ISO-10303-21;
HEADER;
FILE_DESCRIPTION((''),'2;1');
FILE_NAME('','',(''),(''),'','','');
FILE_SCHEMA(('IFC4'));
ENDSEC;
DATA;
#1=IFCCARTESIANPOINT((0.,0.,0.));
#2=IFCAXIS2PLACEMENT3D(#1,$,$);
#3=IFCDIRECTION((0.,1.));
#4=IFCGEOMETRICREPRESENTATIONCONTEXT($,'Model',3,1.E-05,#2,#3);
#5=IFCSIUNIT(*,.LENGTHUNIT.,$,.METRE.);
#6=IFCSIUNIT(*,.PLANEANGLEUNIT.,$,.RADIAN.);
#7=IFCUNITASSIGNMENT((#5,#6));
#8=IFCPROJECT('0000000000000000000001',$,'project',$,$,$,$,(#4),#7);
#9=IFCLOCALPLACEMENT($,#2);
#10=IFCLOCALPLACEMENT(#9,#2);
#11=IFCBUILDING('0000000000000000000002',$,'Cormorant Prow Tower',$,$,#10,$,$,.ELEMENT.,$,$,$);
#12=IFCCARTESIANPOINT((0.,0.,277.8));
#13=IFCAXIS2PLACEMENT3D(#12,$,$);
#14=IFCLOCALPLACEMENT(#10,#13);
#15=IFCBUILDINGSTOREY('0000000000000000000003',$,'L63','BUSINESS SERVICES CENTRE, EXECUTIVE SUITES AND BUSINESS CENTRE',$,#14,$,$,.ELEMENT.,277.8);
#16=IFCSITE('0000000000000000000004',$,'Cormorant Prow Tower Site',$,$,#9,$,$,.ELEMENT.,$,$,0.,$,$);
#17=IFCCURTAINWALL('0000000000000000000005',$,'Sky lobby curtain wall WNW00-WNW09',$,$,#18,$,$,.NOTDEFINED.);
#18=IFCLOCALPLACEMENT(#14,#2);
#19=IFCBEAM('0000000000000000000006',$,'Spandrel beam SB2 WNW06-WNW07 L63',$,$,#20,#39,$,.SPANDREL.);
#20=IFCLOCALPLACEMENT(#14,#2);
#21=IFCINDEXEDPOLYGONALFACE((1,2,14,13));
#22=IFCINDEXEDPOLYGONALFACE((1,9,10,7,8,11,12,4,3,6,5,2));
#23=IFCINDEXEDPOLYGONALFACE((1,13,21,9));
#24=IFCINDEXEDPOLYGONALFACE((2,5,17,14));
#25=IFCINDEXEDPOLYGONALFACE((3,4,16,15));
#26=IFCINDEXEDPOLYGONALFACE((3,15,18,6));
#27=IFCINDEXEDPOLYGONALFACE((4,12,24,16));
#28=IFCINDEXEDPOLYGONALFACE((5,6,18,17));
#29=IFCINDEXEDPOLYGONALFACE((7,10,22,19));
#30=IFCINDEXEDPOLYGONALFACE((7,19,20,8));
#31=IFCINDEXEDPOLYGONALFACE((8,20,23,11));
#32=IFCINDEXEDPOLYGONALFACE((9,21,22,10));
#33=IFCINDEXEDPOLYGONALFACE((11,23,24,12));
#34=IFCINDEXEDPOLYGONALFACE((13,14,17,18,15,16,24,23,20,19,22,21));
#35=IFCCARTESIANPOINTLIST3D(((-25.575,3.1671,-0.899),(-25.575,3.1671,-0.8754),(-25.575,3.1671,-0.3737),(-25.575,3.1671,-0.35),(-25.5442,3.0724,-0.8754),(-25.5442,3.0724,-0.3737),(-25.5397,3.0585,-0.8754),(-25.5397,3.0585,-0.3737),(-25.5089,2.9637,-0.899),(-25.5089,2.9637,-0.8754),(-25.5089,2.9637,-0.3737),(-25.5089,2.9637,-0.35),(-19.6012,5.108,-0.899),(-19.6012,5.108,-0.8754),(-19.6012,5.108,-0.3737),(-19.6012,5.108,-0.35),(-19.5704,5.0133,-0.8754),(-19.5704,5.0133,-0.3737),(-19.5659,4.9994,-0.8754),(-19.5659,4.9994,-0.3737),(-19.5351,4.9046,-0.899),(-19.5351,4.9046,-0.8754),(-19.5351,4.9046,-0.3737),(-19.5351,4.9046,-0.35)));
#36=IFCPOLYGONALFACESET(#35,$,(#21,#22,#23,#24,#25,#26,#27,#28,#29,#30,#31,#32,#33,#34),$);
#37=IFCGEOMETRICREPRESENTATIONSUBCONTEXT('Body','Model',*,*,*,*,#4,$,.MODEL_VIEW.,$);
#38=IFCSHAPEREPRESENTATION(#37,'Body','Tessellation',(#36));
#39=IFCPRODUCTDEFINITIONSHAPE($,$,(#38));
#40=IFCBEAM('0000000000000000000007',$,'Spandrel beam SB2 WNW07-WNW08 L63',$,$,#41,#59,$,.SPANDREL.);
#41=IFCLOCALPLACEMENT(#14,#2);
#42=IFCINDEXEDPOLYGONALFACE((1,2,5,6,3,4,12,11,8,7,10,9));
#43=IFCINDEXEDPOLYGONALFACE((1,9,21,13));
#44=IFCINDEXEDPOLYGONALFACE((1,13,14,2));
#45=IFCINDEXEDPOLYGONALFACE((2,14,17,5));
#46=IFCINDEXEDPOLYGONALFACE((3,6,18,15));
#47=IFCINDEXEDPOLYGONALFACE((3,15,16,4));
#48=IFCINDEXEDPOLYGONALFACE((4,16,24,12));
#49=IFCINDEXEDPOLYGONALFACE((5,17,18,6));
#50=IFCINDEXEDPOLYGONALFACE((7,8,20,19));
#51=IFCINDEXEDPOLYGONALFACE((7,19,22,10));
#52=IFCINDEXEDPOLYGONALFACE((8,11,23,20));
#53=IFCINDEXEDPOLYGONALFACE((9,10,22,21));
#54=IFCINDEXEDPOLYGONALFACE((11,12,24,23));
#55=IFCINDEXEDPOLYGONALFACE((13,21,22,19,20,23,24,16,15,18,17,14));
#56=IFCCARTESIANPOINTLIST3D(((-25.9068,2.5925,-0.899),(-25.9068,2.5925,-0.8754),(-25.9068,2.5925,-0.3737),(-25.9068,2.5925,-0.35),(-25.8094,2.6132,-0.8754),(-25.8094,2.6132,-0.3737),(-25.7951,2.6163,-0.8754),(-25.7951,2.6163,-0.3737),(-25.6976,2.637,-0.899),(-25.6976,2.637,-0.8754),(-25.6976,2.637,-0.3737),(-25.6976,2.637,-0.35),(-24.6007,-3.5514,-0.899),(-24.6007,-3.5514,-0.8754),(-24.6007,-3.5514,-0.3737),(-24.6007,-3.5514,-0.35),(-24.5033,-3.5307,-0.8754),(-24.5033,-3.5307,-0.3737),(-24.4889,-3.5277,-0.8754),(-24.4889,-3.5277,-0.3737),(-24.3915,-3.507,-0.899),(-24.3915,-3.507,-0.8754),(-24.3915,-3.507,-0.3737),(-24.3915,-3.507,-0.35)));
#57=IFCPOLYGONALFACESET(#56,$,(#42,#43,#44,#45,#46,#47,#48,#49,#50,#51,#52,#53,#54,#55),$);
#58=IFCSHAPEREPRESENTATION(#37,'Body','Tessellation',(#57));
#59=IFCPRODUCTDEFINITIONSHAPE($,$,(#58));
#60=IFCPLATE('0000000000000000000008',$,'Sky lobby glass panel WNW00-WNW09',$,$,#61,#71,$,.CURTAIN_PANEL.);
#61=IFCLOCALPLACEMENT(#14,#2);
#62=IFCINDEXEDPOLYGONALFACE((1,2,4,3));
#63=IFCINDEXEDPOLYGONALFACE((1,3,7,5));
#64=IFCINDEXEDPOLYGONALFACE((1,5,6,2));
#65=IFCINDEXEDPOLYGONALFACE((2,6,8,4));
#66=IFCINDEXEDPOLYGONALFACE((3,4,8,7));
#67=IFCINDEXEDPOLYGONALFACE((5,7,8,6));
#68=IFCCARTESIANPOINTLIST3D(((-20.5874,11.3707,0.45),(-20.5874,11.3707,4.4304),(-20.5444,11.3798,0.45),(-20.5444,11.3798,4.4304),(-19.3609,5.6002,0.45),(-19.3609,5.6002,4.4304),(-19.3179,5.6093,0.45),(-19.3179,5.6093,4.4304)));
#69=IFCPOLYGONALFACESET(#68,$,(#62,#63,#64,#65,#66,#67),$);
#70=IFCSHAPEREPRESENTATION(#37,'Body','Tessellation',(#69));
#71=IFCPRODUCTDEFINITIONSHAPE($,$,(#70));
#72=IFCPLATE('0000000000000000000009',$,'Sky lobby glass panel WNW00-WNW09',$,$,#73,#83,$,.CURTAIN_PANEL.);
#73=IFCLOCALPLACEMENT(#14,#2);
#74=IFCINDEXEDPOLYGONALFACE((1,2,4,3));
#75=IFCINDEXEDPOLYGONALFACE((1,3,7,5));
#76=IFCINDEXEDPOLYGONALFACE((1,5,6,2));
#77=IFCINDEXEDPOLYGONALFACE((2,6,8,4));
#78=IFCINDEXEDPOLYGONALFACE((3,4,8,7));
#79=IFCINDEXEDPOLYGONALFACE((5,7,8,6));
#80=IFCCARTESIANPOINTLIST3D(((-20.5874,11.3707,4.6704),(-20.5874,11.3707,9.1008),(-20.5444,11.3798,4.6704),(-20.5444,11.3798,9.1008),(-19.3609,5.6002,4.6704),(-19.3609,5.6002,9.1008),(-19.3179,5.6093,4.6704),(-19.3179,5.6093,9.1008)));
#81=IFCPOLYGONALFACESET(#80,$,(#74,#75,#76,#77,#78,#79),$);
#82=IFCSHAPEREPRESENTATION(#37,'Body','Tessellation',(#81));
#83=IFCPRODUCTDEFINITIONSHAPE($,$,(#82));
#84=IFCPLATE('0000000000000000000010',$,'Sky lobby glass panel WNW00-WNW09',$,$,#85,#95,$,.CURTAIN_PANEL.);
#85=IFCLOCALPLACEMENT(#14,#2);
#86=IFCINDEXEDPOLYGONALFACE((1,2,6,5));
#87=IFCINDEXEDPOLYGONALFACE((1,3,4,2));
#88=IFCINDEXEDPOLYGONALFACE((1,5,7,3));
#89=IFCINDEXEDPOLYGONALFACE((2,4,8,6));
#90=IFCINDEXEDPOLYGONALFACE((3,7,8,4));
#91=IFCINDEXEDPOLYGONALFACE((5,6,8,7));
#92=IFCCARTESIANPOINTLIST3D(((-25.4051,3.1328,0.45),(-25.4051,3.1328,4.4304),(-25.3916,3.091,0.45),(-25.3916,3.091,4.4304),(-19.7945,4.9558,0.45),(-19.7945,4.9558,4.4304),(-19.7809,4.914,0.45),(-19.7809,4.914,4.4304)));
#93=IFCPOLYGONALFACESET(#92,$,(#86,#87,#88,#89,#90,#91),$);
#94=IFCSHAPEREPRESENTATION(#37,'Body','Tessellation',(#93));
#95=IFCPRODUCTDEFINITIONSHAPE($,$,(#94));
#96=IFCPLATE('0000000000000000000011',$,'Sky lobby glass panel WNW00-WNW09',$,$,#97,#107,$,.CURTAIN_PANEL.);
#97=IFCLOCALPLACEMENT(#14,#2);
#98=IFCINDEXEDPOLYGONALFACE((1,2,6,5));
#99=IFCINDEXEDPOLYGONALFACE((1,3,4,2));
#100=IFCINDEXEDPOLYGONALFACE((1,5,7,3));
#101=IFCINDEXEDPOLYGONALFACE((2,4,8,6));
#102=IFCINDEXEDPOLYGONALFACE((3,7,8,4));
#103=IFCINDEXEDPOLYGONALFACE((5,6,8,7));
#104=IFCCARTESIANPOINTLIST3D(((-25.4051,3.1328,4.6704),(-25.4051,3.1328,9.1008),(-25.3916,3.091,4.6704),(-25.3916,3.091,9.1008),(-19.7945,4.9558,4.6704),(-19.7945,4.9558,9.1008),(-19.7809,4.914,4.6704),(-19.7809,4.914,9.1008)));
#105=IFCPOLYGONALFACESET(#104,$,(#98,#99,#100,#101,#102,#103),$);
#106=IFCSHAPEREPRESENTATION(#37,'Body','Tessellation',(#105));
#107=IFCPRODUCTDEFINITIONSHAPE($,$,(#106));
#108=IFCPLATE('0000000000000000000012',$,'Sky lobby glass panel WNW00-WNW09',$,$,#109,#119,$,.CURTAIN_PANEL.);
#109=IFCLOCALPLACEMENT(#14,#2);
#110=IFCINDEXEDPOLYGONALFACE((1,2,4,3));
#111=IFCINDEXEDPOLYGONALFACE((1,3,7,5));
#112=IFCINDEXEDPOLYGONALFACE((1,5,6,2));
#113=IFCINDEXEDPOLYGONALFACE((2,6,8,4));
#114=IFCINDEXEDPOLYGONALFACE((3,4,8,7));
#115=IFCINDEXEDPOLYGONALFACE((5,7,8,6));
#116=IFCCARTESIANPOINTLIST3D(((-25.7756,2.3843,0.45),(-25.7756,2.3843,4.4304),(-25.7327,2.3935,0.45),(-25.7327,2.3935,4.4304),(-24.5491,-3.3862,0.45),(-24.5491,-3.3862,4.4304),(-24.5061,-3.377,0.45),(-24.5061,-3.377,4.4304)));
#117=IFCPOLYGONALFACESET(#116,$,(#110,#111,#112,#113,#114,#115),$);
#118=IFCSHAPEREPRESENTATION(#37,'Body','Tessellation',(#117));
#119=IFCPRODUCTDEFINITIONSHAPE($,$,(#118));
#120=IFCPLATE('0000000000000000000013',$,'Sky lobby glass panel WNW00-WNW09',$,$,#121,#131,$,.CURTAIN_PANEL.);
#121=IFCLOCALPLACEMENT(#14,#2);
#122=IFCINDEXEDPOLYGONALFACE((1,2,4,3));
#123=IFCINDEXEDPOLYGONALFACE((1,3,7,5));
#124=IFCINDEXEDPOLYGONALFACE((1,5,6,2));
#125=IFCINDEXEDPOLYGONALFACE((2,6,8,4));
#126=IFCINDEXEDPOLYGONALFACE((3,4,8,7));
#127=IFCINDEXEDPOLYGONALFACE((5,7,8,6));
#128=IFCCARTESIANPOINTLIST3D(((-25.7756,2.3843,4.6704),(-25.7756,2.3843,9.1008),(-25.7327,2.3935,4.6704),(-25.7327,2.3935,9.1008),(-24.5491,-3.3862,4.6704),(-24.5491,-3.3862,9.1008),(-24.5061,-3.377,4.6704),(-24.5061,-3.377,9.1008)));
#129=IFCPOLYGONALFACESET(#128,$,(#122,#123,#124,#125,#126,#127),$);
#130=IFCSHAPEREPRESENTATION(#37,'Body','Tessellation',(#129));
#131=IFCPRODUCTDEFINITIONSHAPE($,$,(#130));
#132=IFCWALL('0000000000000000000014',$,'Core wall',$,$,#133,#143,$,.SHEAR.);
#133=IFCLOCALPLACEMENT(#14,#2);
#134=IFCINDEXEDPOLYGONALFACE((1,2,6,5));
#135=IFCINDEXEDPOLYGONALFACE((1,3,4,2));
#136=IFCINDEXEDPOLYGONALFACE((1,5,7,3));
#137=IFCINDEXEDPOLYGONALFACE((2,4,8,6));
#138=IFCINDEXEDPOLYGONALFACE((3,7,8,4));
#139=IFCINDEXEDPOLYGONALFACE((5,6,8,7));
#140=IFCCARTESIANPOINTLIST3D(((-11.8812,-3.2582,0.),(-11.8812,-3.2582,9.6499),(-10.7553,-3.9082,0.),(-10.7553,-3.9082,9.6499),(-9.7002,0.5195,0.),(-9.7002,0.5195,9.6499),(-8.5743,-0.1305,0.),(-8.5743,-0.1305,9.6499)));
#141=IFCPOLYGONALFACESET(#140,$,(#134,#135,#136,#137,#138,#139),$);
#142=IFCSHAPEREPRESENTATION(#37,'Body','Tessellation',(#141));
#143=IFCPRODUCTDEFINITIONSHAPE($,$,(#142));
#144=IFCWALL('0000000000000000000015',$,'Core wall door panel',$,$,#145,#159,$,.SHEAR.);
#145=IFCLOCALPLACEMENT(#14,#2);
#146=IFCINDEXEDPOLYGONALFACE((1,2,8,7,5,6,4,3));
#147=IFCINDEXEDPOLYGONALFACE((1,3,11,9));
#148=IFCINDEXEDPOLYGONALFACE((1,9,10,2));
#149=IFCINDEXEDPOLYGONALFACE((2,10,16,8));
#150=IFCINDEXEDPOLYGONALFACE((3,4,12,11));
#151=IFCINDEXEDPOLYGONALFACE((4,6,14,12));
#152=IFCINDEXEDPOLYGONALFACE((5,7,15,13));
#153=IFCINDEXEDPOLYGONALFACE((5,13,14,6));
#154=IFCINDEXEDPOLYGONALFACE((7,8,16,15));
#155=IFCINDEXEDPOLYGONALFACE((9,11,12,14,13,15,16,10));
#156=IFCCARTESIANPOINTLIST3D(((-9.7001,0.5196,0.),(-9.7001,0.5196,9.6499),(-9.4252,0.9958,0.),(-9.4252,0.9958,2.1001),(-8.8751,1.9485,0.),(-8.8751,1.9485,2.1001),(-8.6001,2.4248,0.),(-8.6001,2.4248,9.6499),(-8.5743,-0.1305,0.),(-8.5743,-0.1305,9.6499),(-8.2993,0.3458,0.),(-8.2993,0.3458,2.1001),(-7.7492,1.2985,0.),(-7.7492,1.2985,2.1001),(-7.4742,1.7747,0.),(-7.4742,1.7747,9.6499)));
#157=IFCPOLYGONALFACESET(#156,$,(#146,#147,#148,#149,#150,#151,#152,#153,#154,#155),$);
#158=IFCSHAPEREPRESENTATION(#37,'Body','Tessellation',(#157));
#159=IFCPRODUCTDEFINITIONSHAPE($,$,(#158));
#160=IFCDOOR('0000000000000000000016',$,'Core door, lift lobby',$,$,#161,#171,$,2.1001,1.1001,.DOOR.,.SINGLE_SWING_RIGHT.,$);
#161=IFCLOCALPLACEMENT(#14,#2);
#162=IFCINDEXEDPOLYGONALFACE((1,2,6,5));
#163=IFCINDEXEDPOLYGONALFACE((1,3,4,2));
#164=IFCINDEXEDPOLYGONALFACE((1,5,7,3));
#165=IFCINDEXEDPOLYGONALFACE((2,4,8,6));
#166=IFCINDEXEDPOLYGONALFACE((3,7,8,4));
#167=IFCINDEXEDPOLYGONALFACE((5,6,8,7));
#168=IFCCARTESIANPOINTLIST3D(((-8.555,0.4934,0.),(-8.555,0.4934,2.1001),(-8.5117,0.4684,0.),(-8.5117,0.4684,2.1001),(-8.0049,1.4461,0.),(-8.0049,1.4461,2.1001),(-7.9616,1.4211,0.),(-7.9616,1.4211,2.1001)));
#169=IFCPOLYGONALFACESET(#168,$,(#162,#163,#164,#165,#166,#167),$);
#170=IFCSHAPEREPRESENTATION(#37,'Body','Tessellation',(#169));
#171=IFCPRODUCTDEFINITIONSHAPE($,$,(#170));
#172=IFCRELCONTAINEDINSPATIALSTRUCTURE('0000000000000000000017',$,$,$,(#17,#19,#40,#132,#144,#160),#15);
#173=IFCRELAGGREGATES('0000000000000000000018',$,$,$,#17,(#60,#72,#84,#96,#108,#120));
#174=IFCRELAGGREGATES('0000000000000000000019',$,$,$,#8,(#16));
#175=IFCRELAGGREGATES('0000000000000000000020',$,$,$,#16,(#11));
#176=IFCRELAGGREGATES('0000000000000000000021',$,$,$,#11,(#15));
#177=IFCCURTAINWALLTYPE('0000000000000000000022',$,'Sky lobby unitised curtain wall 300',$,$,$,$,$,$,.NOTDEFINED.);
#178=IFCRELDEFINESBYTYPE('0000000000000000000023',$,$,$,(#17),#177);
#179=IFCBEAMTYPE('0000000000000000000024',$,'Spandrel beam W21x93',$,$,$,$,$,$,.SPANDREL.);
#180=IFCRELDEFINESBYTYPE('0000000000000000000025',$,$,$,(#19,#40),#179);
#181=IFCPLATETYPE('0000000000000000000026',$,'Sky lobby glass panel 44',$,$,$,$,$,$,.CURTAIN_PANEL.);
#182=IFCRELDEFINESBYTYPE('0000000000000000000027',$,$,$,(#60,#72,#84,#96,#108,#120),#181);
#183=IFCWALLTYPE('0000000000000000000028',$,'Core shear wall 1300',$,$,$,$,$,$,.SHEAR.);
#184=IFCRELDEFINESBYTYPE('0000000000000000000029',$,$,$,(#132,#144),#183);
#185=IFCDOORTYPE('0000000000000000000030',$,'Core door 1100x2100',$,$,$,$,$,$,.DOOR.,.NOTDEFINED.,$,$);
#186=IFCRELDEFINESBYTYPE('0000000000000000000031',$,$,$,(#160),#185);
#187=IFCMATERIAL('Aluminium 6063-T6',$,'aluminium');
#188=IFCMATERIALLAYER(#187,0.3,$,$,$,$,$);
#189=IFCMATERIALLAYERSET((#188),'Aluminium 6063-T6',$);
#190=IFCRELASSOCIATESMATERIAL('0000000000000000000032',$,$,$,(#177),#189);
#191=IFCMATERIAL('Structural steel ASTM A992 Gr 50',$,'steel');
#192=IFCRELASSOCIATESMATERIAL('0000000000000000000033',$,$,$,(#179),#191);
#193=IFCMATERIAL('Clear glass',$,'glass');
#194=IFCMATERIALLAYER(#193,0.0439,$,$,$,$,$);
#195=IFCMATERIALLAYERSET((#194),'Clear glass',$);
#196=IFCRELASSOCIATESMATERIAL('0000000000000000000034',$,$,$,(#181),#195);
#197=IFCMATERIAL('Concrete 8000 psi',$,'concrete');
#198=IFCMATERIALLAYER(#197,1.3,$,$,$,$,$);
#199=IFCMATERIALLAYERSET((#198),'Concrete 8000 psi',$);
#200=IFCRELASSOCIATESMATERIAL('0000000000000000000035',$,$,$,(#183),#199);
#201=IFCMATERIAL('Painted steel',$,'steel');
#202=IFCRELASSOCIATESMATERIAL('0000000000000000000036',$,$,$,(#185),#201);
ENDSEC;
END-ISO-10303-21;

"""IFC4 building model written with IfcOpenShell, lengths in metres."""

from ifc_helpers import new_model, si_unit, direction, frame, frame_2d, origin, origin_2d, place, context, subcontext, project, spatial, rectangle, i_section, extrude, material, layer, layer_set, material_profile, profile_set, type_object, element, fill, aggregate, save


model = new_model("IFC4")

# Units and contexts
model_context = context("Model", 3, precision=1e-05, world=origin(), true_north=direction((0.0, 1.0)))
body_context = subcontext(model_context, "Body", "Model", "MODEL_VIEW")
ifc_project = project(units=[si_unit("LENGTHUNIT", "METRE"), si_unit("PLANEANGLEUNIT", "RADIAN")], contexts=[model_context])

# Site, building, storey
site_placement = place(None, origin())
site = spatial("IfcSite", under=ifc_project, at=site_placement, Name="Cormorant Prow Tower Site", CompositionType="ELEMENT", RefElevation=0.0)
building_placement = place(site_placement, origin())
building = spatial("IfcBuilding", under=site, at=building_placement, Name="Cormorant Prow Tower", CompositionType="ELEMENT")
storey_placement = place(building_placement, frame((0.0, 0.0, 277.8)))
storey = spatial("IfcBuildingStorey", under=building, at=storey_placement, Name="L63", Description="BUSINESS SERVICES CENTRE, EXECUTIVE SUITES AND BUSINESS CENTRE", CompositionType="ELEMENT", Elevation=277.8)

# Curtain wall
ifc_material_1 = material(Name="Aluminium 6063-T6", Category="aluminium")
ifc_layer_1 = layer(ifc_material_1, 0.3)
ifc_layer_set_1 = layer_set([ifc_layer_1], Name="Aluminium 6063-T6")
curtain_wall_type = type_object("IfcCurtainWallType", Name="Sky lobby unitised curtain wall 300", PredefinedType="NOTDEFINED", material=ifc_layer_set_1)
curtain_wall_placement = place(storey_placement, origin())
curtain_wall = element("IfcCurtainWall", 1, at=curtain_wall_placement, inside=storey, type_object=curtain_wall_type, Name="Sky lobby curtain wall WNW00-WNW09", PredefinedType="NOTDEFINED")

# Beams
ifc_material_2 = material(Name="Structural steel ASTM A992 Gr 50", Category="steel")
ifc_material_profile_1 = material_profile(ifc_material_2, i_section(OverallWidth=0.2139, OverallDepth=0.5491, WebThickness=0.0146, FlangeThickness=0.0237, at=origin_2d()), Name="W21x93")
ifc_profile_set_1 = profile_set([ifc_material_profile_1], Name="Structural steel ASTM A992 Gr 50")
beam_type_1 = type_object("IfcBeamType", Name="Spandrel beam W21x93", PredefinedType="SPANDREL", material=ifc_profile_set_1)
for number, where, z_axis, x_axis, name in (
    (2, (-19.5681, 5.0063, -0.6245), (-0.951062, -0.309001, 0.0), (0.309001, -0.951062, 0.0), "Spandrel beam SB2 WNW06-WNW07 L63"),
    (3, (-25.8022, 2.6147, -0.6245), (0.207941, -0.978141, 0.0), (0.978141, 0.207941, 0.0), "Spandrel beam SB2 WNW07-WNW08 L63"),
):
    element("IfcBeam", number, at=place(storey_placement, frame(where, z_axis=z_axis, x_axis=x_axis)), inside=storey, type_object=beam_type_1, Name=name, PredefinedType="SPANDREL", context=body_context, shape_type="SweptSolid", body=[
        extrude(i_section(OverallWidth=0.2139, OverallDepth=0.5491, WebThickness=0.0146, FlangeThickness=0.0237, at=origin_2d()), origin(), (0.0, 0.0, 1.0), 6.2812),
    ])

# Plates
ifc_material_3 = material(Name="Clear glass", Category="glass")
ifc_layer_2 = layer(ifc_material_3, 0.0439)
ifc_layer_set_2 = layer_set([ifc_layer_2], Name="Clear glass")
plate_type = type_object("IfcPlateType", Name="Sky lobby glass panel 44", PredefinedType="CURTAIN_PANEL", material=ifc_layer_set_2)
plate_1_placement = place(storey_placement, frame((-19.9526, 8.49, 0.45), z_axis=(0.0, 0.0, 1.0), x_axis=(0.207912, -0.978148, 0.0)))
plate_1 = element("IfcPlate", 4, at=plate_1_placement, type_object=plate_type, Name="Sky lobby glass panel WNW00-WNW09", PredefinedType="CURTAIN_PANEL", context=body_context, shape_type="SweptSolid", body=[
    extrude(rectangle(XDim=5.8994, YDim=0.0439, at=origin_2d()), origin(), (0.0, 0.0, 1.0), 3.9805),
])
plate_2_placement = place(storey_placement, frame((-19.9526, 8.49, 4.6704), z_axis=(0.0, 0.0, 1.0), x_axis=(0.207912, -0.978148, 0.0)))
plate_2 = element("IfcPlate", 5, at=plate_2_placement, type_object=plate_type, Name="Sky lobby glass panel WNW00-WNW09", PredefinedType="CURTAIN_PANEL", context=body_context, shape_type="SweptSolid", body=[
    extrude(rectangle(XDim=5.8994, YDim=0.0439, at=origin_2d()), origin(), (0.0, 0.0, 1.0), 4.4304),
])
plate_3_placement = place(storey_placement, frame((-22.593, 4.0234, 0.45), z_axis=(0.0, 0.0, 1.0), x_axis=(-0.951057, -0.309017, 0.0)))
plate_3 = element("IfcPlate", 6, at=plate_3_placement, type_object=plate_type, Name="Sky lobby glass panel WNW00-WNW09", PredefinedType="CURTAIN_PANEL", context=body_context, shape_type="SweptSolid", body=[
    extrude(rectangle(XDim=5.8994, YDim=0.0439, at=origin_2d()), origin(), (0.0, 0.0, 1.0), 3.9805),
])
plate_4_placement = place(storey_placement, frame((-22.593, 4.0234, 4.6704), z_axis=(0.0, 0.0, 1.0), x_axis=(-0.951057, -0.309017, 0.0)))
plate_4 = element("IfcPlate", 7, at=plate_4_placement, type_object=plate_type, Name="Sky lobby glass panel WNW00-WNW09", PredefinedType="CURTAIN_PANEL", context=body_context, shape_type="SweptSolid", body=[
    extrude(rectangle(XDim=5.8994, YDim=0.0439, at=origin_2d()), origin(), (0.0, 0.0, 1.0), 4.4304),
])
plate_5_placement = place(storey_placement, frame((-25.1409, -0.4963, 0.45), z_axis=(0.0, 0.0, 1.0), x_axis=(0.207912, -0.978148, 0.0)))
plate_5 = element("IfcPlate", 8, at=plate_5_placement, type_object=plate_type, Name="Sky lobby glass panel WNW00-WNW09", PredefinedType="CURTAIN_PANEL", context=body_context, shape_type="SweptSolid", body=[
    extrude(rectangle(XDim=5.8994, YDim=0.0439, at=origin_2d()), origin(), (0.0, 0.0, 1.0), 3.9805),
])
plate_6_placement = place(storey_placement, frame((-25.1409, -0.4963, 4.6704), z_axis=(0.0, 0.0, 1.0), x_axis=(0.207912, -0.978148, 0.0)))
plate_6 = element("IfcPlate", 9, at=plate_6_placement, type_object=plate_type, Name="Sky lobby glass panel WNW00-WNW09", PredefinedType="CURTAIN_PANEL", context=body_context, shape_type="SweptSolid", body=[
    extrude(rectangle(XDim=5.8994, YDim=0.0439, at=origin_2d()), origin(), (0.0, 0.0, 1.0), 4.4304),
])
aggregate(curtain_wall, [plate_1, plate_2, plate_3, plate_4, plate_5, plate_6])

# Wall
ifc_material_4 = material(Name="Concrete 8000 psi", Category="concrete")
ifc_layer_3 = layer(ifc_material_4, 1.3)
ifc_layer_set_3 = layer_set([ifc_layer_3], Name="Concrete 8000 psi")
wall_type_1 = type_object("IfcWallType", Name="Core shear wall 1300", PredefinedType="SHEAR", material=ifc_layer_set_3)
wall_1_placement = place(storey_placement, frame((-9.1372, 0.1946, 0.0), z_axis=(0.0, 0.0, 1.0), x_axis=(-0.499986, -0.866034, 0.0)))
element("IfcWall", 10, at=wall_1_placement, inside=storey, type_object=wall_type_1, Name="Core wall", PredefinedType="SHEAR", context=body_context, shape_type="SweptSolid", body=[
    extrude(rectangle(XDim=4.3621, YDim=1.3, at=frame_2d((2.1812, 0.0))), origin(), (0.0, 0.0, 1.0), 9.6499),
])

# Wall, opening, door
wall_2_placement = place(storey_placement, frame((-8.0371, 2.0999, 0.0), z_axis=(0.0, 0.0, 1.0), x_axis=(-0.50003, -0.866008, 0.0)))
wall_2 = element("IfcWall", 11, at=wall_2_placement, inside=storey, type_object=wall_type_1, Name="Core wall door panel", PredefinedType="SHEAR", context=body_context, shape_type="SweptSolid", body=[
    extrude(rectangle(XDim=2.2, YDim=1.3, at=frame_2d((1.1001, 0.0))), origin(), (0.0, 0.0, 1.0), 9.6499),
])
opening_1_placement = place(wall_2_placement, frame((0.55, 0.0, 0.0)))
opening_1 = element("IfcOpeningElement", 12, at=opening_1_placement, cuts=wall_2, PredefinedType="OPENING", context=body_context, shape_type="SweptSolid", body=[
    extrude(rectangle(XDim=1.1001, YDim=2.1001, at=frame_2d((0.55, 1.05))), frame((0.0, 0.6599, 0.0), z_axis=(0.0, -1.0, 0.0), x_axis=(1.0, 0.0, 0.0)), (0.0, 0.0, 1.0), 1.3201),
])
ifc_material_5 = material(Name="Painted steel", Category="steel")
door_type_1 = type_object("IfcDoorType", Name="Core door 1100x2100", OperationType="NOTDEFINED", PredefinedType="DOOR", material=ifc_material_5)
door_1_placement = place(opening_1_placement, origin())
door_1 = element("IfcDoor", 13, at=door_1_placement, inside=storey, type_object=door_type_1, Name="Core door, lift lobby", OperationType="SINGLE_SWING_RIGHT", OverallHeight=2.1001, OverallWidth=1.1001, PredefinedType="DOOR", context=body_context, shape_type="SweptSolid", body=[
    extrude(rectangle(XDim=1.1001, YDim=2.1001, at=frame_2d((0.55, 1.05))), frame((0.0, 0.4048, 0.0), z_axis=(0.0, -1.0, 0.0), x_axis=(1.0, 0.0, 0.0)), (0.0, 0.0, 1.0), 0.05),
])
fill(opening_1, door_1)

save(model, "model.ifc")
